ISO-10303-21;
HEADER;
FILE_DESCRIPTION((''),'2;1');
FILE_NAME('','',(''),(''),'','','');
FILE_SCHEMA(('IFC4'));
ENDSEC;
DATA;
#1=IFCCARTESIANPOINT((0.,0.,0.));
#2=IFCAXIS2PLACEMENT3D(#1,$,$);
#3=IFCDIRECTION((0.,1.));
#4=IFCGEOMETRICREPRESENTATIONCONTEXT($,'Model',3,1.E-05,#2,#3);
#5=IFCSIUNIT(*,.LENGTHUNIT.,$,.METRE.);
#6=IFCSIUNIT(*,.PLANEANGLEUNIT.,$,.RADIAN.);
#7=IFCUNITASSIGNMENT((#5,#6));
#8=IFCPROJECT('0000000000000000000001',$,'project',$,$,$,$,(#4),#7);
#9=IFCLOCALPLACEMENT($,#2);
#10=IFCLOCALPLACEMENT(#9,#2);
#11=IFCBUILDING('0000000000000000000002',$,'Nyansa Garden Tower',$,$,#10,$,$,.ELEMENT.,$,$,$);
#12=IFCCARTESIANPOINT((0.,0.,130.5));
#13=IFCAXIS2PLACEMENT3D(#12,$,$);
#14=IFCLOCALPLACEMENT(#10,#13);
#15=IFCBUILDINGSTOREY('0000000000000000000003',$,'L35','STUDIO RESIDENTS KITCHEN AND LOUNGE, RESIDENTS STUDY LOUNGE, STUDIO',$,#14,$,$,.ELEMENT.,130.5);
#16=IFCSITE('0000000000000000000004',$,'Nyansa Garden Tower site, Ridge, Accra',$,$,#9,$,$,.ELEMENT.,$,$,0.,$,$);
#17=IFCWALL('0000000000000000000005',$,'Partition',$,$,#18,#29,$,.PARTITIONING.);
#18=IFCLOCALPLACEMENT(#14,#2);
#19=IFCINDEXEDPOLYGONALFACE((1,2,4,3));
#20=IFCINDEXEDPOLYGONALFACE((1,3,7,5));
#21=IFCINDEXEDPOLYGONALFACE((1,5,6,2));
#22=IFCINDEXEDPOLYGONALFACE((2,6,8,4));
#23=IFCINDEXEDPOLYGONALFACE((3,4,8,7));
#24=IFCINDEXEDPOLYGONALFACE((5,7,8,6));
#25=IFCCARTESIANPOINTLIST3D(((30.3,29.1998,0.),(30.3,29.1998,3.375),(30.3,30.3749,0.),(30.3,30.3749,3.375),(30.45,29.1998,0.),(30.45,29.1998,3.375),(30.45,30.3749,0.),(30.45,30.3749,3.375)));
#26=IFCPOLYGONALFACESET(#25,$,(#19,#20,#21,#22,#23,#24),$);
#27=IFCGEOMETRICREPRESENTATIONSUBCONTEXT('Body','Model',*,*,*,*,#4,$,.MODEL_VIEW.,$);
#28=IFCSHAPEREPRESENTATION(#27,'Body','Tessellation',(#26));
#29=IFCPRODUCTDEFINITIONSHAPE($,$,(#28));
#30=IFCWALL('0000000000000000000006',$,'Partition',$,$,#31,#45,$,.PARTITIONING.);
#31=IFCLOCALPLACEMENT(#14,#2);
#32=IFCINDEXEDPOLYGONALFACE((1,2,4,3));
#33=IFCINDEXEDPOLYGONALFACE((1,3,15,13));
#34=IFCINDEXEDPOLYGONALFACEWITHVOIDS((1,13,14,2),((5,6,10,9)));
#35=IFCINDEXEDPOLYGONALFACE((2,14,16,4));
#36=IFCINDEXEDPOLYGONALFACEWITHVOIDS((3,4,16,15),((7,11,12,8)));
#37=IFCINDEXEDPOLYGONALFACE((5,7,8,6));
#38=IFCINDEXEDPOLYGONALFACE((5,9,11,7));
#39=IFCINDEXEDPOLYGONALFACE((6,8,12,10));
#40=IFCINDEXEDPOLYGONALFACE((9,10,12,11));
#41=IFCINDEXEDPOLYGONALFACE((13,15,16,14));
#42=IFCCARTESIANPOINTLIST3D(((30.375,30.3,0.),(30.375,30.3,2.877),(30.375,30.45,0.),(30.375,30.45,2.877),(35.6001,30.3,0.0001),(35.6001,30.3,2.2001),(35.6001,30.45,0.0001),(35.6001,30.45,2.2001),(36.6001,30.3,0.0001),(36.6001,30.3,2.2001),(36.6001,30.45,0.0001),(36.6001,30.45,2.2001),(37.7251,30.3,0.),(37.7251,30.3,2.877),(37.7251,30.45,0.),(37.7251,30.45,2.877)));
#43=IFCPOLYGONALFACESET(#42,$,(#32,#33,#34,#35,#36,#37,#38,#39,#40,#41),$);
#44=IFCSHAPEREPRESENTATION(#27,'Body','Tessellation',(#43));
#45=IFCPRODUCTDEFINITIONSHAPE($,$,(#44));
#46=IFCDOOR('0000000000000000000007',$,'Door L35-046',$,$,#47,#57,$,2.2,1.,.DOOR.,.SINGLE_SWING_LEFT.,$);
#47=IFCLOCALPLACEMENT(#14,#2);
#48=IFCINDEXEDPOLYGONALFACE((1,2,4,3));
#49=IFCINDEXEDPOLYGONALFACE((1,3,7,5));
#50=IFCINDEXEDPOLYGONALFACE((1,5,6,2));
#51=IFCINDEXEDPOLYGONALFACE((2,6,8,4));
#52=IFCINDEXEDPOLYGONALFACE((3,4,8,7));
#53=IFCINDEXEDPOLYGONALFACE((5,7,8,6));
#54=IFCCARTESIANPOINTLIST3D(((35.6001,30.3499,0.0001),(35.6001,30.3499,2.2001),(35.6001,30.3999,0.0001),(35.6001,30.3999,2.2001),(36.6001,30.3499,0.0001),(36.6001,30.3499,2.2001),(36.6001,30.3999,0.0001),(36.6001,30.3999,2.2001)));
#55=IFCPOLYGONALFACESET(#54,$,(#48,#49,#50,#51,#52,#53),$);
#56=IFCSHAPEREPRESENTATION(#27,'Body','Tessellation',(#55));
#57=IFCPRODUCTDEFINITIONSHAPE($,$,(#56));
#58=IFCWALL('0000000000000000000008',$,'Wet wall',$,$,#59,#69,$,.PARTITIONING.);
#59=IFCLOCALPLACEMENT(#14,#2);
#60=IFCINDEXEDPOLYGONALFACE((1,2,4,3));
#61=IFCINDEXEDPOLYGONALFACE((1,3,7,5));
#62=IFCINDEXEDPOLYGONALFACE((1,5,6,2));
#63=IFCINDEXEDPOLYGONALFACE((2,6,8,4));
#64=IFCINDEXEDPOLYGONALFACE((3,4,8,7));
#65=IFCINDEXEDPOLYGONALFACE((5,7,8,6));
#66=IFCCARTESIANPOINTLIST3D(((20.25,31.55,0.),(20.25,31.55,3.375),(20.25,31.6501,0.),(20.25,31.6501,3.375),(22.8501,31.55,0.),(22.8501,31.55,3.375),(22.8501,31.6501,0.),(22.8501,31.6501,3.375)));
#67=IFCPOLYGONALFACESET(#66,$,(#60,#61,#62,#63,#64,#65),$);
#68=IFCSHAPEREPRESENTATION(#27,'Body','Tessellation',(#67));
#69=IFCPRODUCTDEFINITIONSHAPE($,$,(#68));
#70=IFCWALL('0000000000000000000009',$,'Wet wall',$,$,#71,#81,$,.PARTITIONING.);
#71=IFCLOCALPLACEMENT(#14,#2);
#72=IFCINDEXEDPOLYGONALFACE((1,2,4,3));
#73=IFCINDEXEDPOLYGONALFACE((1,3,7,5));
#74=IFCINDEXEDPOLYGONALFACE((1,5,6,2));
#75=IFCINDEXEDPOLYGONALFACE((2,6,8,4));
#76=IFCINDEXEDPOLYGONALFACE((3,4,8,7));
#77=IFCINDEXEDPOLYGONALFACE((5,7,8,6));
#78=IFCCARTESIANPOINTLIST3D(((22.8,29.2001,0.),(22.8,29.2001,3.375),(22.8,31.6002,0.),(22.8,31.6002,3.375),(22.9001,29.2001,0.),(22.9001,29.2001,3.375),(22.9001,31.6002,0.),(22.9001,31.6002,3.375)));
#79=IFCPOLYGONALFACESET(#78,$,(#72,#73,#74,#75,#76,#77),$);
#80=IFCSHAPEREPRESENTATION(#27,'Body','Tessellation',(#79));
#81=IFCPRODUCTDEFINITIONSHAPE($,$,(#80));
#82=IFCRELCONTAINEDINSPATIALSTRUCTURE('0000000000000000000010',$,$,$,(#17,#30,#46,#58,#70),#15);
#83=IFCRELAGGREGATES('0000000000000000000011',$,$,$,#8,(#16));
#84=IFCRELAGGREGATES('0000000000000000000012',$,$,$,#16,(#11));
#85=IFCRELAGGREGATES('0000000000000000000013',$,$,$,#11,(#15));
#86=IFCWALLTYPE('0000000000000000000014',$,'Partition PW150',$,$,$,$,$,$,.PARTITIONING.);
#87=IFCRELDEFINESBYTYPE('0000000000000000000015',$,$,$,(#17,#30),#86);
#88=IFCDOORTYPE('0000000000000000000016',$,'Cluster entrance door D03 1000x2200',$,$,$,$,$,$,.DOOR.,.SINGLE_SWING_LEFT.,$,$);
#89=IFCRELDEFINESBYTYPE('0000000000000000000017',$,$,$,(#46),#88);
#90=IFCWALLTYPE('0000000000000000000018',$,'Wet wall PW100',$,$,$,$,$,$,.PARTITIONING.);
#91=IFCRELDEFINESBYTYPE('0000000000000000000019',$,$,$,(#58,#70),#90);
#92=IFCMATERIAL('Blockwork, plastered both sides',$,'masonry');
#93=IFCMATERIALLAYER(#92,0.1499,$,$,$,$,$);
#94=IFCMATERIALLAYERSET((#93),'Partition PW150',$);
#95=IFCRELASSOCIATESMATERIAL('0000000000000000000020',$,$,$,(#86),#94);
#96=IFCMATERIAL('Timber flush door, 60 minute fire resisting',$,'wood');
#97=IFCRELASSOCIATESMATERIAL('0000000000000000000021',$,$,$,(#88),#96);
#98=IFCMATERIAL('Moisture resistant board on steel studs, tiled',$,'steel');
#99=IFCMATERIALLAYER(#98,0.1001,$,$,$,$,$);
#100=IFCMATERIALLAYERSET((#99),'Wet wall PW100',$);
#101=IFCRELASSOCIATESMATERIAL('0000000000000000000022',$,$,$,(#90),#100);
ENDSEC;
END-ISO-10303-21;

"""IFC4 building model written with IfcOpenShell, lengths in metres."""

from ifc_helpers import new_model, si_unit, direction, frame, frame_2d, origin, place, context, subcontext, project, spatial, rectangle, extrude, material, layer, layer_set, type_object, element, fill, save


model = new_model("IFC4")

# Units and contexts
model_context = context("Model", 3, precision=1e-05, world=origin(), true_north=direction((0.0, 1.0)))
body_context = subcontext(model_context, "Body", "Model", "MODEL_VIEW")
ifc_project = project(units=[si_unit("LENGTHUNIT", "METRE"), si_unit("PLANEANGLEUNIT", "RADIAN")], contexts=[model_context])

# Site, building, storey
site_placement = place(None, origin())
site = spatial("IfcSite", under=ifc_project, at=site_placement, Name="Nyansa Garden Tower site, Ridge, Accra", CompositionType="ELEMENT", RefElevation=0.0)
building_placement = place(site_placement, origin())
building = spatial("IfcBuilding", under=site, at=building_placement, Name="Nyansa Garden Tower", CompositionType="ELEMENT")
storey_placement = place(building_placement, frame((0.0, 0.0, 130.5)))
storey = spatial("IfcBuildingStorey", under=building, at=storey_placement, Name="L35", Description="STUDIO RESIDENTS KITCHEN AND LOUNGE, RESIDENTS STUDY LOUNGE, STUDIO", CompositionType="ELEMENT", Elevation=130.5)

# Wall
ifc_material_1 = material(Name="Blockwork, plastered both sides", Category="masonry")
ifc_layer_1 = layer(ifc_material_1, 0.1499)
ifc_layer_set_1 = layer_set([ifc_layer_1], Name="Partition PW150")
wall_type_1 = type_object("IfcWallType", Name="Partition PW150", PredefinedType="PARTITIONING", material=ifc_layer_set_1)
wall_1_placement = place(storey_placement, frame((30.375, 29.2, 0.0), z_axis=(0.0, 0.0, 1.0), x_axis=(0.0, 1.0, 0.0)))
element("IfcWall", 1, at=wall_1_placement, inside=storey, type_object=wall_type_1, Name="Partition", PredefinedType="PARTITIONING", context=body_context, shape_type="SweptSolid", body=[
    extrude(rectangle(XDim=1.175, YDim=0.1499, at=frame_2d((0.5874, 0.0))), origin(), (0.0, 0.0, 1.0), 3.375),
])

# Wall, opening, door
wall_2_placement = place(storey_placement, frame((30.375, 30.375, 0.0), z_axis=(0.0, 0.0, 1.0), x_axis=(1.0, 0.0, 0.0)))
wall_2 = element("IfcWall", 2, at=wall_2_placement, inside=storey, type_object=wall_type_1, Name="Partition", PredefinedType="PARTITIONING", context=body_context, shape_type="SweptSolid", body=[
    extrude(rectangle(XDim=7.3501, YDim=0.1499, at=frame_2d((3.675, 0.0))), origin(), (0.0, 0.0, 1.0), 2.877),
])
opening_1_placement = place(wall_2_placement, frame((5.2251, 0.0, 0.0)))
opening_1 = element("IfcOpeningElement", 3, at=opening_1_placement, cuts=wall_2, PredefinedType="OPENING", context=body_context, shape_type="SweptSolid", body=[
    extrude(rectangle(XDim=1.0, YDim=2.2, at=frame_2d((0.5, 1.1001))), frame((0.0, 0.085, 0.0), z_axis=(0.0, -1.0, 0.0), x_axis=(1.0, 0.0, 0.0)), (0.0, 0.0, 1.0), 0.1699),
])
ifc_material_2 = material(Name="Timber flush door, 60 minute fire resisting", Category="wood")
door_type_1 = type_object("IfcDoorType", Name="Cluster entrance door D03 1000x2200", OperationType="SINGLE_SWING_LEFT", PredefinedType="DOOR", material=ifc_material_2)
door_1_placement = place(opening_1_placement, origin())
door_1 = element("IfcDoor", 4, at=door_1_placement, inside=storey, type_object=door_type_1, Name="Door L35-046", OperationType="SINGLE_SWING_LEFT", OverallHeight=2.2, OverallWidth=1.0, PredefinedType="DOOR", context=body_context, shape_type="SweptSolid", body=[
    extrude(rectangle(XDim=1.0, YDim=2.2, at=frame_2d((0.5, 1.1001))), frame((0.0, 0.0249, 0.0), z_axis=(0.0, -1.0, 0.0), x_axis=(1.0, 0.0, 0.0)), (0.0, 0.0, 1.0), 0.05),
])
fill(opening_1, door_1)

# Walls
ifc_material_3 = material(Name="Moisture resistant board on steel studs, tiled", Category="steel")
ifc_layer_2 = layer(ifc_material_3, 0.1001)
ifc_layer_set_2 = layer_set([ifc_layer_2], Name="Wet wall PW100")
wall_type_2 = type_object("IfcWallType", Name="Wet wall PW100", PredefinedType="PARTITIONING", material=ifc_layer_set_2)
wall_3_placement = place(storey_placement, frame((20.25, 31.6001, 0.0), z_axis=(0.0, 0.0, 1.0), x_axis=(1.0, 0.0, 0.0)))
element("IfcWall", 5, at=wall_3_placement, inside=storey, type_object=wall_type_2, Name="Wet wall", PredefinedType="PARTITIONING", context=body_context, shape_type="SweptSolid", body=[
    extrude(rectangle(XDim=2.6001, YDim=0.1001, at=frame_2d((1.3, 0.0))), origin(), (0.0, 0.0, 1.0), 3.375),
])
wall_4_placement = place(storey_placement, frame((22.8501, 29.2, 0.0), z_axis=(0.0, 0.0, 1.0), x_axis=(0.0, 1.0, 0.0)))
element("IfcWall", 6, at=wall_4_placement, inside=storey, type_object=wall_type_2, Name="Wet wall", PredefinedType="PARTITIONING", context=body_context, shape_type="SweptSolid", body=[
    extrude(rectangle(XDim=2.4001, YDim=0.1001, at=frame_2d((1.2002, 0.0))), origin(), (0.0, 0.0, 1.0), 3.375),
])

save(model, "model.ifc")
